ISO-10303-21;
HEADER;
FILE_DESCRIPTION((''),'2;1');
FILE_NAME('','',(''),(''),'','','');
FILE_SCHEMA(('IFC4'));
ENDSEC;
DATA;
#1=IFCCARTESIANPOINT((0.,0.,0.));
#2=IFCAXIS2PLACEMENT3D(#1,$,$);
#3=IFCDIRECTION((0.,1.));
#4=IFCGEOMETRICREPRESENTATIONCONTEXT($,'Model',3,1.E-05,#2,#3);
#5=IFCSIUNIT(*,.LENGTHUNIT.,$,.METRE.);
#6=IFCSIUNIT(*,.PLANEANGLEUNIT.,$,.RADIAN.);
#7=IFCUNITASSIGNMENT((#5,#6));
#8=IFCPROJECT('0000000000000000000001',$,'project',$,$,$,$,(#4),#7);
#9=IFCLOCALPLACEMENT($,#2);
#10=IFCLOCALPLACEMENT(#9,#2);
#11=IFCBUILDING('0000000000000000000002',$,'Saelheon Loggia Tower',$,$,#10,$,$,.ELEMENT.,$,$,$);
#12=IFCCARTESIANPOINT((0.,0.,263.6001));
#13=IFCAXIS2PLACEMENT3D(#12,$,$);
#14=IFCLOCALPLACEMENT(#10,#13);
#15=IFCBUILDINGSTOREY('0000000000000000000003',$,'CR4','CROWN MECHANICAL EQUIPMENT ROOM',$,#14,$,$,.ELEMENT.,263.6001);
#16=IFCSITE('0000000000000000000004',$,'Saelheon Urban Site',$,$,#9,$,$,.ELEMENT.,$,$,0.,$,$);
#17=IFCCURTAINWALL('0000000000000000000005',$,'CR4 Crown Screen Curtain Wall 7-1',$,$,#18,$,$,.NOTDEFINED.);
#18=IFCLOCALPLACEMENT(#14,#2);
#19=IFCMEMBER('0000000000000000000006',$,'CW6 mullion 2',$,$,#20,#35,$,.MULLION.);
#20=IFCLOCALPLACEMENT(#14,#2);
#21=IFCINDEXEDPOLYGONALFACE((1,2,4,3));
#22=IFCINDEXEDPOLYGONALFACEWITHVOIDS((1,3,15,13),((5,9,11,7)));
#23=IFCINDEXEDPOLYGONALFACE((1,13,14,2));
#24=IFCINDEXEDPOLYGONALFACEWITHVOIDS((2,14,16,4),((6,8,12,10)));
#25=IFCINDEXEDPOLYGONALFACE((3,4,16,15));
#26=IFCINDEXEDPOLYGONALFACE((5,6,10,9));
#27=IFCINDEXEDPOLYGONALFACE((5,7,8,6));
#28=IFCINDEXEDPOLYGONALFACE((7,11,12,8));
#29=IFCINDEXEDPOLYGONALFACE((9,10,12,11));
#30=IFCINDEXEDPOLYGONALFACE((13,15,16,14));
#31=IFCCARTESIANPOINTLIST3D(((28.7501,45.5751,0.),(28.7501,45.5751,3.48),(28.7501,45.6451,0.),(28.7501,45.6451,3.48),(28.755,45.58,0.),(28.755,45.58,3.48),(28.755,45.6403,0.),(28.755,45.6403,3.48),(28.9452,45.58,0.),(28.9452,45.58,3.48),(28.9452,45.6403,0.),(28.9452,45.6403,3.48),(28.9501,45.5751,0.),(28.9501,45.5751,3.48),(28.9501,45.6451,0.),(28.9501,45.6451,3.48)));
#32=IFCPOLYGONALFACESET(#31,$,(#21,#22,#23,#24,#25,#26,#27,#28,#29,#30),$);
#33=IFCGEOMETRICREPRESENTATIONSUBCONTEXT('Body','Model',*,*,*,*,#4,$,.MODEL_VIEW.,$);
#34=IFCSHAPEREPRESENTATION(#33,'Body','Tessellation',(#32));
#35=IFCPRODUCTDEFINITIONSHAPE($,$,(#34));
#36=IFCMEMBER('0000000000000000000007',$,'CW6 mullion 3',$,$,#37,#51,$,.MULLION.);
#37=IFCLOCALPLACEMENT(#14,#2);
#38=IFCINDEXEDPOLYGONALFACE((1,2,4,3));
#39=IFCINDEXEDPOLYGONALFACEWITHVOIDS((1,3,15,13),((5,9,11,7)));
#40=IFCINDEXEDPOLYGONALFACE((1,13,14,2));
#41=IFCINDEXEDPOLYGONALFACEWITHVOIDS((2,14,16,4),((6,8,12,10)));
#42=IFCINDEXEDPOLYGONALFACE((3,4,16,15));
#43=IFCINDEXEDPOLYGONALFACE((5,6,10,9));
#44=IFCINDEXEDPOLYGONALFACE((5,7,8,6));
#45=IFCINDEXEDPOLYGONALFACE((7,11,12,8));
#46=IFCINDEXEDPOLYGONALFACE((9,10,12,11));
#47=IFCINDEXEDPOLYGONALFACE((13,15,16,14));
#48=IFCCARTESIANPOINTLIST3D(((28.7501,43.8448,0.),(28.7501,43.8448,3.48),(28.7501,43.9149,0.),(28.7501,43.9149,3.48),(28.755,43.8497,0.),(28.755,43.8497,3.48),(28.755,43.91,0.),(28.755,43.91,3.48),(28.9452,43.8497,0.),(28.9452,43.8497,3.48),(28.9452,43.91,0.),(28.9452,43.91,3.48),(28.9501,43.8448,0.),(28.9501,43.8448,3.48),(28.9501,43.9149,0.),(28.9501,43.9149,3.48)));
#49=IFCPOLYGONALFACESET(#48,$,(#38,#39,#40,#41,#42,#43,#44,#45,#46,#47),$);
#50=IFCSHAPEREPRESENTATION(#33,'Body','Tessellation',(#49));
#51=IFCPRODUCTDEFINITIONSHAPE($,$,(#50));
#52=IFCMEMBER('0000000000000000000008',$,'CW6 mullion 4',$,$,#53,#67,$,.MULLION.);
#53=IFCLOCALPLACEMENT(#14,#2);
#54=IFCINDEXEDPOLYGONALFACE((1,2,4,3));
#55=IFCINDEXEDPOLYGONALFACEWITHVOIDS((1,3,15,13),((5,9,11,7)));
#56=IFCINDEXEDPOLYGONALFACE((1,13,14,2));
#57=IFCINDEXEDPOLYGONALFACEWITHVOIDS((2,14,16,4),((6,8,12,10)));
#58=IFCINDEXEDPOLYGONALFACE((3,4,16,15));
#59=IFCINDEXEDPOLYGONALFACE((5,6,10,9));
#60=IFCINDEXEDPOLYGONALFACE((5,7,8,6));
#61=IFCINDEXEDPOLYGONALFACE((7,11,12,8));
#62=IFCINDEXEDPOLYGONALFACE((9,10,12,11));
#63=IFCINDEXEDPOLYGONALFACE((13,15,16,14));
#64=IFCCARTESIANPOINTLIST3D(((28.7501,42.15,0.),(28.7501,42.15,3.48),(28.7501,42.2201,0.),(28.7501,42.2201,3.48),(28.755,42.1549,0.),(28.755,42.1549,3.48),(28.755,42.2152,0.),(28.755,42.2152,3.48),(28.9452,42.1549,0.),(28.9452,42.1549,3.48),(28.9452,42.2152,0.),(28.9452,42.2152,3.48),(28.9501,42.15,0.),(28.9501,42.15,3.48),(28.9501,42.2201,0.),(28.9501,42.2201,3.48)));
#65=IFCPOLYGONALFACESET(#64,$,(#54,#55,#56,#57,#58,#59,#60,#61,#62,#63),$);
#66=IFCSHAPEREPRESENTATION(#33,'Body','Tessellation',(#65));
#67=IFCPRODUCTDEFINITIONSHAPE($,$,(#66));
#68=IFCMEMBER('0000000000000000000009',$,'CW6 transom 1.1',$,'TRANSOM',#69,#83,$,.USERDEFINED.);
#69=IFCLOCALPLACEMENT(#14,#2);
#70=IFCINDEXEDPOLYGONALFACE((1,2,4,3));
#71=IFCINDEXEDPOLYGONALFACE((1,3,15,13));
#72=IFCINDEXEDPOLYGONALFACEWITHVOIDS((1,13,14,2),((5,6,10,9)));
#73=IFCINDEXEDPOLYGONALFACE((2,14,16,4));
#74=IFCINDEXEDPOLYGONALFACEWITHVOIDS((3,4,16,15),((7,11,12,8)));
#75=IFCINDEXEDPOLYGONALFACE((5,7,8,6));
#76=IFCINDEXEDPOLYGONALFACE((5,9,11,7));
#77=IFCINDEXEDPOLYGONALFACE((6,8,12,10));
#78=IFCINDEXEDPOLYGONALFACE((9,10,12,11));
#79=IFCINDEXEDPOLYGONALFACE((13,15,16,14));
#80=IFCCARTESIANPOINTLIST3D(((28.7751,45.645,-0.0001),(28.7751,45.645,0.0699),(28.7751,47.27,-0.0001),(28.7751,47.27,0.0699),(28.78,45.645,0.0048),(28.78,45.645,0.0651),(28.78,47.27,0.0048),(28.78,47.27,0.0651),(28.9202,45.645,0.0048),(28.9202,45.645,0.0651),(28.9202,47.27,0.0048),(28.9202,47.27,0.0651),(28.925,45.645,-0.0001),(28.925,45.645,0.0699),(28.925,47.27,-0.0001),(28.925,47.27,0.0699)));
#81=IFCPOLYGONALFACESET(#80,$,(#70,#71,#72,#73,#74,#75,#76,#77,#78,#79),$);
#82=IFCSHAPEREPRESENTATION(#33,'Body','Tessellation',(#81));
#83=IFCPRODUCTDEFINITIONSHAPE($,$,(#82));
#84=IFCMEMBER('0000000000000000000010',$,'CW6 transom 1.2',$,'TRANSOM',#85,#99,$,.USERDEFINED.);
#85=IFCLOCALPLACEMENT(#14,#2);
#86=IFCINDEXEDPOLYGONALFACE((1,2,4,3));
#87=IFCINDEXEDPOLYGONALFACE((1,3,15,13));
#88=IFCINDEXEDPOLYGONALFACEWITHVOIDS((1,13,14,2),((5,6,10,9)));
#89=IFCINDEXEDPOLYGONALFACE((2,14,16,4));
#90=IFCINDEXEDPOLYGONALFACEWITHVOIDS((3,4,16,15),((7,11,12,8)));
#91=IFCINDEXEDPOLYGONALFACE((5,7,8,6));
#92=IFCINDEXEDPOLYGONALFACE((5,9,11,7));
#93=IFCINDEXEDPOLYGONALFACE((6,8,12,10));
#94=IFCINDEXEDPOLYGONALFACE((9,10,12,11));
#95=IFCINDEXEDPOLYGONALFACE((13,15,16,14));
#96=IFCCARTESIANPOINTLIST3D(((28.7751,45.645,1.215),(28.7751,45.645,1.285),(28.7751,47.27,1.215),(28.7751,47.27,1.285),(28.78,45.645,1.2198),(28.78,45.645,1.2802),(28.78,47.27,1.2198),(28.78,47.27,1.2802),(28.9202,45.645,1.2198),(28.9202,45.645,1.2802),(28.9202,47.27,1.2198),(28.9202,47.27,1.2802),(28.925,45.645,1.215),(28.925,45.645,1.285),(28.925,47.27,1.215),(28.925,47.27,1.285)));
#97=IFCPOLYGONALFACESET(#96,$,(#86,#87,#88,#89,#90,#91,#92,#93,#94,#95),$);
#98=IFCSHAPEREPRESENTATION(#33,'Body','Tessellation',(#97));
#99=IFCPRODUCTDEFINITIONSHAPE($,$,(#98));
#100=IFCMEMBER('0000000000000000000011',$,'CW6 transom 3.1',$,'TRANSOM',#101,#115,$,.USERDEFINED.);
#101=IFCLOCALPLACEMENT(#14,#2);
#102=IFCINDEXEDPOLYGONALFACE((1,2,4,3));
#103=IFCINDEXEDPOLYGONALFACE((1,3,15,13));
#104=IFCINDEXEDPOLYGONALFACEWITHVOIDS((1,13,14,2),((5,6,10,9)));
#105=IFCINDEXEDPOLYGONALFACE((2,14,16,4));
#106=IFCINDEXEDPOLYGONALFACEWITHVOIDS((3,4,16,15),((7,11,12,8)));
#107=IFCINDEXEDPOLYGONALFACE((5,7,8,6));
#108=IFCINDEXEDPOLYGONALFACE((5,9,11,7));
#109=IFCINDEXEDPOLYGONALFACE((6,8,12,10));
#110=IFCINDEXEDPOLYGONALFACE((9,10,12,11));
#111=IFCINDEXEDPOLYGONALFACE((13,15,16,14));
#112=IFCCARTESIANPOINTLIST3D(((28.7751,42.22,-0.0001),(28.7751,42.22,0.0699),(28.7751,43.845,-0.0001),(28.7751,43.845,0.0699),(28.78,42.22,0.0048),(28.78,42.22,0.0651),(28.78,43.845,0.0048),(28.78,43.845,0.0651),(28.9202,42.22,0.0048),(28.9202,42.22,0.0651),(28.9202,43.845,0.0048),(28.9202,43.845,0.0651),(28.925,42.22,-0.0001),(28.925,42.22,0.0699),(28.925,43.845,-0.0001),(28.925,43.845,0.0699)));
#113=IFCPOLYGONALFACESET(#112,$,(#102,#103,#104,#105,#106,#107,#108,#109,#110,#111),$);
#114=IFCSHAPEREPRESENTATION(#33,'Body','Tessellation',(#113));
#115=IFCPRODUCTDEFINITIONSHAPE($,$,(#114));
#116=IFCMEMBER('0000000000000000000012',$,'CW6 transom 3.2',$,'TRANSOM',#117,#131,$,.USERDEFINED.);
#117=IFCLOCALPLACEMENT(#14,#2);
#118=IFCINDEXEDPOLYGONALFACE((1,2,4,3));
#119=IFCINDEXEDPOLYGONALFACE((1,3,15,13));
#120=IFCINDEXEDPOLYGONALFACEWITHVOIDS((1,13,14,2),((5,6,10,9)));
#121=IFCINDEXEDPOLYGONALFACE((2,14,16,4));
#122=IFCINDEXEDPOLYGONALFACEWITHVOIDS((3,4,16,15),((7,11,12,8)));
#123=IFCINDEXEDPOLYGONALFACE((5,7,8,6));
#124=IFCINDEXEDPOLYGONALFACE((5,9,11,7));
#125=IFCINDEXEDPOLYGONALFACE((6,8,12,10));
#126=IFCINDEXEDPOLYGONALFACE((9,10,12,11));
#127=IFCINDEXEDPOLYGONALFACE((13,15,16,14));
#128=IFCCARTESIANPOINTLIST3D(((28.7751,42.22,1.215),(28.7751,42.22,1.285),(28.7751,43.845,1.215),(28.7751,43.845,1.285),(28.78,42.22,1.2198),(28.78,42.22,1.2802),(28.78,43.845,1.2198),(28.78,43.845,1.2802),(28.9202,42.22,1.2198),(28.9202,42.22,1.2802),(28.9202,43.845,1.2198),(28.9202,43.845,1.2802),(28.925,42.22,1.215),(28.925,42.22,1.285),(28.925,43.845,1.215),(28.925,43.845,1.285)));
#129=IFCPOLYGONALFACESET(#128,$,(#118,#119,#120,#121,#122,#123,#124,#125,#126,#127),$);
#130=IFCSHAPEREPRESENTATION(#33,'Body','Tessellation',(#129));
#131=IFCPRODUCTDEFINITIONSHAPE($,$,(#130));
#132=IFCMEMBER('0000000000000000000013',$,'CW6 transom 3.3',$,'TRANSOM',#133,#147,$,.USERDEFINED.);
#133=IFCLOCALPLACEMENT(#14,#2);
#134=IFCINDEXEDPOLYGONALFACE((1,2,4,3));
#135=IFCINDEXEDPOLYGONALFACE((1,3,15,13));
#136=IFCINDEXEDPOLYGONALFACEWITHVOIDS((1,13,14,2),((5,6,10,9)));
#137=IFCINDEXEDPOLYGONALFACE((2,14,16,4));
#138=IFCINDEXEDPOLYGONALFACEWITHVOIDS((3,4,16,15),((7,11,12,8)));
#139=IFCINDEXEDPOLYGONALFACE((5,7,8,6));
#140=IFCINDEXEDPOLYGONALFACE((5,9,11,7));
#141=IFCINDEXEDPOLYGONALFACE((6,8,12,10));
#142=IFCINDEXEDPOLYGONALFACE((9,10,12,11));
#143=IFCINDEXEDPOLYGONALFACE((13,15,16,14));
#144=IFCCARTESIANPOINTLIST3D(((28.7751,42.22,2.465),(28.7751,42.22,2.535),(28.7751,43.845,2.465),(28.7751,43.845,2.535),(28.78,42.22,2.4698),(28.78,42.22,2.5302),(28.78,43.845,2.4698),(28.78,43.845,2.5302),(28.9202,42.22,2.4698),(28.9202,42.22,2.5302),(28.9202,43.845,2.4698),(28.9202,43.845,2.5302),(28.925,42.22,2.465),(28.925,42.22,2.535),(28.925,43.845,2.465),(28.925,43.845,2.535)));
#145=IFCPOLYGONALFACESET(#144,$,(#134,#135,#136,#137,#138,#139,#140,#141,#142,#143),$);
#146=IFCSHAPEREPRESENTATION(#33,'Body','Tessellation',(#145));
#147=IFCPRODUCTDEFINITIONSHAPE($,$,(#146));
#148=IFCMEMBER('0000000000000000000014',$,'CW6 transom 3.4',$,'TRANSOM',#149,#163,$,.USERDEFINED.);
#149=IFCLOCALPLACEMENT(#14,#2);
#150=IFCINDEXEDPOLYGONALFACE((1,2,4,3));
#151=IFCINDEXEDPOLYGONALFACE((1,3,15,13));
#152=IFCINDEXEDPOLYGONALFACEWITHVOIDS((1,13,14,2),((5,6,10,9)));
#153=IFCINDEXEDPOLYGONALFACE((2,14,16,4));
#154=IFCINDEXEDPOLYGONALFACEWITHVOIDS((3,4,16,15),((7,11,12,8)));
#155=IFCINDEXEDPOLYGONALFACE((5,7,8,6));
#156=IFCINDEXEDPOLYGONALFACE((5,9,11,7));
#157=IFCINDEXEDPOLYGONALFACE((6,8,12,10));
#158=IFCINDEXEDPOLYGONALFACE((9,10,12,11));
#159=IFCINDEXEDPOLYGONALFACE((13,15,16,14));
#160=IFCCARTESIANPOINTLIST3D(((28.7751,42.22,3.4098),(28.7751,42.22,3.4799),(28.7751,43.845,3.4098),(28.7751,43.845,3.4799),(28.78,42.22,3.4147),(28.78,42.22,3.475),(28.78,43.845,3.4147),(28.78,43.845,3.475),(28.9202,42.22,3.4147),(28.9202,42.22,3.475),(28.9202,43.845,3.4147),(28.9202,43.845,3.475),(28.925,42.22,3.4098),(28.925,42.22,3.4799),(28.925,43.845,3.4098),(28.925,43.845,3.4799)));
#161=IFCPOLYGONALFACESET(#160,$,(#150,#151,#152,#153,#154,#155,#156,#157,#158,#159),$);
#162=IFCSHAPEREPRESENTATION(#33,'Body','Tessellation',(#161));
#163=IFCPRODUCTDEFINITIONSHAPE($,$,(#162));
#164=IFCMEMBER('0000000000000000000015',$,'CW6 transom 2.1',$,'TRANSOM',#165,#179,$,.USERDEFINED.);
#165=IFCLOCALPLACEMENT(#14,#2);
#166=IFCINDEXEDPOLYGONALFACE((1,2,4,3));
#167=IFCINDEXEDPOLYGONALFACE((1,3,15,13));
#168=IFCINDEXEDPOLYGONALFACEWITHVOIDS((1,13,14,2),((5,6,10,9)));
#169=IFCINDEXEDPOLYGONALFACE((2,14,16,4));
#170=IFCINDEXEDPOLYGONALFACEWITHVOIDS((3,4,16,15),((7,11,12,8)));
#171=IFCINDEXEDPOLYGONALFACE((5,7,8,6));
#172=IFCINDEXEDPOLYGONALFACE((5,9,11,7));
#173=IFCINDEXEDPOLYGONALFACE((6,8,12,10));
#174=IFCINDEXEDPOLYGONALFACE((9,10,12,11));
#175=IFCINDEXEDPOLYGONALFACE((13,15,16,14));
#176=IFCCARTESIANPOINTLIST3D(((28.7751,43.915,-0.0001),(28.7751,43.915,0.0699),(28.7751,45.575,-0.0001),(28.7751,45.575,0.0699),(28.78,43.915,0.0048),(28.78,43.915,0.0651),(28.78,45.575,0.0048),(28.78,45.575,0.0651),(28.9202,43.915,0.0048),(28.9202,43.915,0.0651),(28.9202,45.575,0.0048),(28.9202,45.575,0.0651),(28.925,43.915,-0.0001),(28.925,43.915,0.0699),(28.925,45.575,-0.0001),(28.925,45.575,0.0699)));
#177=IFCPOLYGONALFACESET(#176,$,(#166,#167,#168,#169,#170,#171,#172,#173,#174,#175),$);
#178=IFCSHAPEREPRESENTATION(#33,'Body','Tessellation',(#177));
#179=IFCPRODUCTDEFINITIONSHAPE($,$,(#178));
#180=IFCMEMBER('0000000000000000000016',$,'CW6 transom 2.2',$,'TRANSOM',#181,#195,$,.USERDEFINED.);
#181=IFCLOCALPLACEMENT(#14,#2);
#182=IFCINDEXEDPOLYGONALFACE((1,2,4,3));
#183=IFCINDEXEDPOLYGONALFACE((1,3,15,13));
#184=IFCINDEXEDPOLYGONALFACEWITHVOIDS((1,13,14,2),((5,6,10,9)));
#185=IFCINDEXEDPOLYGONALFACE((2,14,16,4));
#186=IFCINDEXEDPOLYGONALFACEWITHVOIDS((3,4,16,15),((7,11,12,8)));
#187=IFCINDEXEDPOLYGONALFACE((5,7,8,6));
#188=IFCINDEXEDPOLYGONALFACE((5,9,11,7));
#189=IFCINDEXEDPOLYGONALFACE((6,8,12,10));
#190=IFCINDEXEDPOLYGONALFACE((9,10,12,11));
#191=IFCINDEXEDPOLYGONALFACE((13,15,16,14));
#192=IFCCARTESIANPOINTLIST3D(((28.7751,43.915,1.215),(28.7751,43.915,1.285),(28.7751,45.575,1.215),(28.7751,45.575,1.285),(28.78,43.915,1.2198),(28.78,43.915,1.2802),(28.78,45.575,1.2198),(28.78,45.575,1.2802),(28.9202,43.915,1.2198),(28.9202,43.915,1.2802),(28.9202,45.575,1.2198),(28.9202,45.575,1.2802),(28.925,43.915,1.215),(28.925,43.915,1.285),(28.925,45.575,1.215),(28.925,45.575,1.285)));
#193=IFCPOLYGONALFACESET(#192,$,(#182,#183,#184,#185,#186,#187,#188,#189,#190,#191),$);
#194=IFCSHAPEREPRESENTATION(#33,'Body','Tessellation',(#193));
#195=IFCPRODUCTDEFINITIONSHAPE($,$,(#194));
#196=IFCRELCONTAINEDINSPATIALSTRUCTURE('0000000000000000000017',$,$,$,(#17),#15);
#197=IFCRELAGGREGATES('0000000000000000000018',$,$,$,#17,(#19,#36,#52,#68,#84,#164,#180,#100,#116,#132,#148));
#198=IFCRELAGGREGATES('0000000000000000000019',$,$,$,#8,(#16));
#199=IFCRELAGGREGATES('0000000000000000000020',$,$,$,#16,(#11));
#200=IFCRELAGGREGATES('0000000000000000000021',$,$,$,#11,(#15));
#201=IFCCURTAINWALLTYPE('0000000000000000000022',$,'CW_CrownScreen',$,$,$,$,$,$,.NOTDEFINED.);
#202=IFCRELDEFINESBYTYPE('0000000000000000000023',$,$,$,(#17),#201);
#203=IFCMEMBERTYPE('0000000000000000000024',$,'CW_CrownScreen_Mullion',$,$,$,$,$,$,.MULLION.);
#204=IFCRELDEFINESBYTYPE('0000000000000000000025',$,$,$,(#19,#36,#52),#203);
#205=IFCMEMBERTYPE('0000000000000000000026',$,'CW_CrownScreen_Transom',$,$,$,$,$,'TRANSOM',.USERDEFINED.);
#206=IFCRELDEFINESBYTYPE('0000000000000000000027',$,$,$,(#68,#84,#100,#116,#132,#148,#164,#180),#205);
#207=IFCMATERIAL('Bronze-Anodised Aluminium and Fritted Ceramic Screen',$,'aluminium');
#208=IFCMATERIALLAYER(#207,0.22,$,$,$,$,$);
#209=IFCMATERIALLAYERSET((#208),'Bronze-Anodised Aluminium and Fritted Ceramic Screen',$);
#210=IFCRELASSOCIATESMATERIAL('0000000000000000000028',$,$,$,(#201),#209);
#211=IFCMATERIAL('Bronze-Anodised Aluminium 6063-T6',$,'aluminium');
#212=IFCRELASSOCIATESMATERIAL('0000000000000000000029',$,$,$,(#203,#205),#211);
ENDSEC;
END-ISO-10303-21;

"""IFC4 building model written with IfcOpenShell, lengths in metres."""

from ifc_helpers import new_model, si_unit, direction, frame, origin, origin_2d, place, context, subcontext, project, spatial, hollow_rectangle, extrude, source, transform, mapped, material, layer, layer_set, material_profile, profile_set, type_object, element, aggregate, save


model = new_model("IFC4")

# Units and contexts
model_context = context("Model", 3, precision=1e-05, world=origin(), true_north=direction((0.0, 1.0)))
body_context = subcontext(model_context, "Body", "Model", "MODEL_VIEW")
ifc_project = project(units=[si_unit("LENGTHUNIT", "METRE"), si_unit("PLANEANGLEUNIT", "RADIAN")], contexts=[model_context])

# Site, building, storey
site_placement = place(None, origin())
site = spatial("IfcSite", under=ifc_project, at=site_placement, Name="Saelheon Urban Site", CompositionType="ELEMENT", RefElevation=0.0)
building_placement = place(site_placement, origin())
building = spatial("IfcBuilding", under=site, at=building_placement, Name="Saelheon Loggia Tower", CompositionType="ELEMENT")
storey_placement = place(building_placement, frame((0.0, 0.0, 263.6001)))
storey = spatial("IfcBuildingStorey", under=building, at=storey_placement, Name="CR4", Description="CROWN MECHANICAL EQUIPMENT ROOM", CompositionType="ELEMENT", Elevation=263.6001)

# Curtain wall, members
ifc_material_1 = material(Name="Bronze-Anodised Aluminium and Fritted Ceramic Screen", Category="aluminium")
ifc_layer_1 = layer(ifc_material_1, 0.22)
ifc_layer_set_1 = layer_set([ifc_layer_1], Name="Bronze-Anodised Aluminium and Fritted Ceramic Screen")
curtain_wall_type = type_object("IfcCurtainWallType", Name="CW_CrownScreen", PredefinedType="NOTDEFINED", material=ifc_layer_set_1)
curtain_wall_placement = place(storey_placement, origin())
curtain_wall = element("IfcCurtainWall", 1, at=curtain_wall_placement, inside=storey, type_object=curtain_wall_type, Name="CR4 Crown Screen Curtain Wall 7-1", PredefinedType="NOTDEFINED")
ifc_material_2 = material(Name="Bronze-Anodised Aluminium 6063-T6", Category="aluminium")
ifc_material_profile_1 = material_profile(ifc_material_2, hollow_rectangle(XDim=0.0701, YDim=0.2, WallThickness=0.0049, at=origin_2d()), Name="RHS-200x70x5")
ifc_profile_set_1 = profile_set([ifc_material_profile_1], Name="Bronze-Anodised Aluminium 6063-T6")
member_type_1 = type_object("IfcMemberType", Name="CW_CrownScreen_Mullion", PredefinedType="MULLION", material=ifc_profile_set_1)
shared_shape_1 = source(origin(), body_context, "Body", "SweptSolid", [
    extrude(hollow_rectangle(XDim=0.0701, YDim=0.2, WallThickness=0.0049, at=origin_2d()), origin(), (0.0, 0.0, 1.0), 3.48),
])
member_1_placement = place(storey_placement, frame((28.8501, 45.6101, 0.0), z_axis=(0.0, 0.0, 1.0), x_axis=(0.0, -1.0, 0.0)))
member_1 = element("IfcMember", 2, at=member_1_placement, type_object=member_type_1, Name="CW6 mullion 2", PredefinedType="MULLION", context=body_context, shape_type="MappedRepresentation", body=[
    mapped(shared_shape_1, transform((0.0, 0.0, 0.0), scale=1.0)),
])
member_2_placement = place(storey_placement, frame((28.8501, 43.8799, 0.0), z_axis=(0.0, 0.0, 1.0), x_axis=(0.0, -1.0, 0.0)))
member_2 = element("IfcMember", 3, at=member_2_placement, type_object=member_type_1, Name="CW6 mullion 3", PredefinedType="MULLION", context=body_context, shape_type="MappedRepresentation", body=[
    mapped(shared_shape_1, transform((0.0, 0.0, 0.0), scale=1.0)),
])
member_3_placement = place(storey_placement, frame((28.8501, 42.1851, 0.0), z_axis=(0.0, 0.0, 1.0), x_axis=(0.0, -1.0, 0.0)))
member_3 = element("IfcMember", 4, at=member_3_placement, type_object=member_type_1, Name="CW6 mullion 4", PredefinedType="MULLION", context=body_context, shape_type="MappedRepresentation", body=[
    mapped(shared_shape_1, transform((0.0, 0.0, 0.0), scale=1.0)),
])
ifc_material_profile_2 = material_profile(ifc_material_2, hollow_rectangle(XDim=0.0701, YDim=0.1499, WallThickness=0.0049, at=origin_2d()), Name="RHS-150x70x5")
ifc_profile_set_2 = profile_set([ifc_material_profile_2], Name="Bronze-Anodised Aluminium 6063-T6")
member_type_2 = type_object("IfcMemberType", Name="CW_CrownScreen_Transom", ElementType="TRANSOM", PredefinedType="USERDEFINED", material=ifc_profile_set_2)
shared_shape_2 = source(origin(), body_context, "Body", "SweptSolid", [
    extrude(hollow_rectangle(XDim=0.0701, YDim=0.1499, WallThickness=0.0049, at=origin_2d()), origin(), (0.0, 0.0, 1.0), 1.625),
])
member_4_placement = place(storey_placement, frame((28.8501, 47.27, 0.0349), z_axis=(0.0, -1.0, 0.0), x_axis=(0.0, 0.0, 1.0)))
member_4 = element("IfcMember", 5, at=member_4_placement, type_object=member_type_2, Name="CW6 transom 1.1", ObjectType="TRANSOM", PredefinedType="USERDEFINED", context=body_context, shape_type="MappedRepresentation", body=[
    mapped(shared_shape_2, transform((0.0, 0.0, 0.0), scale=1.0)),
])
member_5_placement = place(storey_placement, frame((28.8501, 47.27, 1.25), z_axis=(0.0, -1.0, 0.0), x_axis=(0.0, 0.0, 1.0)))
member_5 = element("IfcMember", 6, at=member_5_placement, type_object=member_type_2, Name="CW6 transom 1.2", ObjectType="TRANSOM", PredefinedType="USERDEFINED", context=body_context, shape_type="MappedRepresentation", body=[
    mapped(shared_shape_2, transform((0.0, 0.0, 0.0), scale=1.0)),
])
member_6_placement = place(storey_placement, frame((28.8501, 43.845, 0.0349), z_axis=(0.0, -1.0, 0.0), x_axis=(0.0, 0.0, 1.0)))
member_6 = element("IfcMember", 7, at=member_6_placement, type_object=member_type_2, Name="CW6 transom 3.1", ObjectType="TRANSOM", PredefinedType="USERDEFINED", context=body_context, shape_type="MappedRepresentation", body=[
    mapped(shared_shape_2, transform((0.0, 0.0, 0.0), scale=1.0)),
])
member_7_placement = place(storey_placement, frame((28.8501, 43.845, 1.25), z_axis=(0.0, -1.0, 0.0), x_axis=(0.0, 0.0, 1.0)))
member_7 = element("IfcMember", 8, at=member_7_placement, type_object=member_type_2, Name="CW6 transom 3.2", ObjectType="TRANSOM", PredefinedType="USERDEFINED", context=body_context, shape_type="MappedRepresentation", body=[
    mapped(shared_shape_2, transform((0.0, 0.0, 0.0), scale=1.0)),
])
member_8_placement = place(storey_placement, frame((28.8501, 43.845, 2.5), z_axis=(0.0, -1.0, 0.0), x_axis=(0.0, 0.0, 1.0)))
member_8 = element("IfcMember", 9, at=member_8_placement, type_object=member_type_2, Name="CW6 transom 3.3", ObjectType="TRANSOM", PredefinedType="USERDEFINED", context=body_context, shape_type="MappedRepresentation", body=[
    mapped(shared_shape_2, transform((0.0, 0.0, 0.0), scale=1.0)),
])
member_9_placement = place(storey_placement, frame((28.8501, 43.845, 3.4448), z_axis=(0.0, -1.0, 0.0), x_axis=(0.0, 0.0, 1.0)))
member_9 = element("IfcMember", 10, at=member_9_placement, type_object=member_type_2, Name="CW6 transom 3.4", ObjectType="TRANSOM", PredefinedType="USERDEFINED", context=body_context, shape_type="MappedRepresentation", body=[
    mapped(shared_shape_2, transform((0.0, 0.0, 0.0), scale=1.0)),
])
shared_shape_3 = source(origin(), body_context, "Body", "SweptSolid", [
    extrude(hollow_rectangle(XDim=0.0701, YDim=0.1499, WallThickness=0.0049, at=origin_2d()), origin(), (0.0, 0.0, 1.0), 1.6599),
])
member_10_placement = place(storey_placement, frame((28.8501, 45.575, 0.0349), z_axis=(0.0, -1.0, 0.0), x_axis=(0.0, 0.0, 1.0)))
member_10 = element("IfcMember", 11, at=member_10_placement, type_object=member_type_2, Name="CW6 transom 2.1", ObjectType="TRANSOM", PredefinedType="USERDEFINED", context=body_context, shape_type="MappedRepresentation", body=[
    mapped(shared_shape_3, transform((0.0, 0.0, 0.0), scale=1.0)),
])
member_11_placement = place(storey_placement, frame((28.8501, 45.575, 1.25), z_axis=(0.0, -1.0, 0.0), x_axis=(0.0, 0.0, 1.0)))
member_11 = element("IfcMember", 12, at=member_11_placement, type_object=member_type_2, Name="CW6 transom 2.2", ObjectType="TRANSOM", PredefinedType="USERDEFINED", context=body_context, shape_type="MappedRepresentation", body=[
    mapped(shared_shape_3, transform((0.0, 0.0, 0.0), scale=1.0)),
])
aggregate(curtain_wall, [member_1, member_2, member_3, member_4, member_5, member_10, member_11, member_6, member_7, member_8, member_9])

save(model, "model.ifc")
